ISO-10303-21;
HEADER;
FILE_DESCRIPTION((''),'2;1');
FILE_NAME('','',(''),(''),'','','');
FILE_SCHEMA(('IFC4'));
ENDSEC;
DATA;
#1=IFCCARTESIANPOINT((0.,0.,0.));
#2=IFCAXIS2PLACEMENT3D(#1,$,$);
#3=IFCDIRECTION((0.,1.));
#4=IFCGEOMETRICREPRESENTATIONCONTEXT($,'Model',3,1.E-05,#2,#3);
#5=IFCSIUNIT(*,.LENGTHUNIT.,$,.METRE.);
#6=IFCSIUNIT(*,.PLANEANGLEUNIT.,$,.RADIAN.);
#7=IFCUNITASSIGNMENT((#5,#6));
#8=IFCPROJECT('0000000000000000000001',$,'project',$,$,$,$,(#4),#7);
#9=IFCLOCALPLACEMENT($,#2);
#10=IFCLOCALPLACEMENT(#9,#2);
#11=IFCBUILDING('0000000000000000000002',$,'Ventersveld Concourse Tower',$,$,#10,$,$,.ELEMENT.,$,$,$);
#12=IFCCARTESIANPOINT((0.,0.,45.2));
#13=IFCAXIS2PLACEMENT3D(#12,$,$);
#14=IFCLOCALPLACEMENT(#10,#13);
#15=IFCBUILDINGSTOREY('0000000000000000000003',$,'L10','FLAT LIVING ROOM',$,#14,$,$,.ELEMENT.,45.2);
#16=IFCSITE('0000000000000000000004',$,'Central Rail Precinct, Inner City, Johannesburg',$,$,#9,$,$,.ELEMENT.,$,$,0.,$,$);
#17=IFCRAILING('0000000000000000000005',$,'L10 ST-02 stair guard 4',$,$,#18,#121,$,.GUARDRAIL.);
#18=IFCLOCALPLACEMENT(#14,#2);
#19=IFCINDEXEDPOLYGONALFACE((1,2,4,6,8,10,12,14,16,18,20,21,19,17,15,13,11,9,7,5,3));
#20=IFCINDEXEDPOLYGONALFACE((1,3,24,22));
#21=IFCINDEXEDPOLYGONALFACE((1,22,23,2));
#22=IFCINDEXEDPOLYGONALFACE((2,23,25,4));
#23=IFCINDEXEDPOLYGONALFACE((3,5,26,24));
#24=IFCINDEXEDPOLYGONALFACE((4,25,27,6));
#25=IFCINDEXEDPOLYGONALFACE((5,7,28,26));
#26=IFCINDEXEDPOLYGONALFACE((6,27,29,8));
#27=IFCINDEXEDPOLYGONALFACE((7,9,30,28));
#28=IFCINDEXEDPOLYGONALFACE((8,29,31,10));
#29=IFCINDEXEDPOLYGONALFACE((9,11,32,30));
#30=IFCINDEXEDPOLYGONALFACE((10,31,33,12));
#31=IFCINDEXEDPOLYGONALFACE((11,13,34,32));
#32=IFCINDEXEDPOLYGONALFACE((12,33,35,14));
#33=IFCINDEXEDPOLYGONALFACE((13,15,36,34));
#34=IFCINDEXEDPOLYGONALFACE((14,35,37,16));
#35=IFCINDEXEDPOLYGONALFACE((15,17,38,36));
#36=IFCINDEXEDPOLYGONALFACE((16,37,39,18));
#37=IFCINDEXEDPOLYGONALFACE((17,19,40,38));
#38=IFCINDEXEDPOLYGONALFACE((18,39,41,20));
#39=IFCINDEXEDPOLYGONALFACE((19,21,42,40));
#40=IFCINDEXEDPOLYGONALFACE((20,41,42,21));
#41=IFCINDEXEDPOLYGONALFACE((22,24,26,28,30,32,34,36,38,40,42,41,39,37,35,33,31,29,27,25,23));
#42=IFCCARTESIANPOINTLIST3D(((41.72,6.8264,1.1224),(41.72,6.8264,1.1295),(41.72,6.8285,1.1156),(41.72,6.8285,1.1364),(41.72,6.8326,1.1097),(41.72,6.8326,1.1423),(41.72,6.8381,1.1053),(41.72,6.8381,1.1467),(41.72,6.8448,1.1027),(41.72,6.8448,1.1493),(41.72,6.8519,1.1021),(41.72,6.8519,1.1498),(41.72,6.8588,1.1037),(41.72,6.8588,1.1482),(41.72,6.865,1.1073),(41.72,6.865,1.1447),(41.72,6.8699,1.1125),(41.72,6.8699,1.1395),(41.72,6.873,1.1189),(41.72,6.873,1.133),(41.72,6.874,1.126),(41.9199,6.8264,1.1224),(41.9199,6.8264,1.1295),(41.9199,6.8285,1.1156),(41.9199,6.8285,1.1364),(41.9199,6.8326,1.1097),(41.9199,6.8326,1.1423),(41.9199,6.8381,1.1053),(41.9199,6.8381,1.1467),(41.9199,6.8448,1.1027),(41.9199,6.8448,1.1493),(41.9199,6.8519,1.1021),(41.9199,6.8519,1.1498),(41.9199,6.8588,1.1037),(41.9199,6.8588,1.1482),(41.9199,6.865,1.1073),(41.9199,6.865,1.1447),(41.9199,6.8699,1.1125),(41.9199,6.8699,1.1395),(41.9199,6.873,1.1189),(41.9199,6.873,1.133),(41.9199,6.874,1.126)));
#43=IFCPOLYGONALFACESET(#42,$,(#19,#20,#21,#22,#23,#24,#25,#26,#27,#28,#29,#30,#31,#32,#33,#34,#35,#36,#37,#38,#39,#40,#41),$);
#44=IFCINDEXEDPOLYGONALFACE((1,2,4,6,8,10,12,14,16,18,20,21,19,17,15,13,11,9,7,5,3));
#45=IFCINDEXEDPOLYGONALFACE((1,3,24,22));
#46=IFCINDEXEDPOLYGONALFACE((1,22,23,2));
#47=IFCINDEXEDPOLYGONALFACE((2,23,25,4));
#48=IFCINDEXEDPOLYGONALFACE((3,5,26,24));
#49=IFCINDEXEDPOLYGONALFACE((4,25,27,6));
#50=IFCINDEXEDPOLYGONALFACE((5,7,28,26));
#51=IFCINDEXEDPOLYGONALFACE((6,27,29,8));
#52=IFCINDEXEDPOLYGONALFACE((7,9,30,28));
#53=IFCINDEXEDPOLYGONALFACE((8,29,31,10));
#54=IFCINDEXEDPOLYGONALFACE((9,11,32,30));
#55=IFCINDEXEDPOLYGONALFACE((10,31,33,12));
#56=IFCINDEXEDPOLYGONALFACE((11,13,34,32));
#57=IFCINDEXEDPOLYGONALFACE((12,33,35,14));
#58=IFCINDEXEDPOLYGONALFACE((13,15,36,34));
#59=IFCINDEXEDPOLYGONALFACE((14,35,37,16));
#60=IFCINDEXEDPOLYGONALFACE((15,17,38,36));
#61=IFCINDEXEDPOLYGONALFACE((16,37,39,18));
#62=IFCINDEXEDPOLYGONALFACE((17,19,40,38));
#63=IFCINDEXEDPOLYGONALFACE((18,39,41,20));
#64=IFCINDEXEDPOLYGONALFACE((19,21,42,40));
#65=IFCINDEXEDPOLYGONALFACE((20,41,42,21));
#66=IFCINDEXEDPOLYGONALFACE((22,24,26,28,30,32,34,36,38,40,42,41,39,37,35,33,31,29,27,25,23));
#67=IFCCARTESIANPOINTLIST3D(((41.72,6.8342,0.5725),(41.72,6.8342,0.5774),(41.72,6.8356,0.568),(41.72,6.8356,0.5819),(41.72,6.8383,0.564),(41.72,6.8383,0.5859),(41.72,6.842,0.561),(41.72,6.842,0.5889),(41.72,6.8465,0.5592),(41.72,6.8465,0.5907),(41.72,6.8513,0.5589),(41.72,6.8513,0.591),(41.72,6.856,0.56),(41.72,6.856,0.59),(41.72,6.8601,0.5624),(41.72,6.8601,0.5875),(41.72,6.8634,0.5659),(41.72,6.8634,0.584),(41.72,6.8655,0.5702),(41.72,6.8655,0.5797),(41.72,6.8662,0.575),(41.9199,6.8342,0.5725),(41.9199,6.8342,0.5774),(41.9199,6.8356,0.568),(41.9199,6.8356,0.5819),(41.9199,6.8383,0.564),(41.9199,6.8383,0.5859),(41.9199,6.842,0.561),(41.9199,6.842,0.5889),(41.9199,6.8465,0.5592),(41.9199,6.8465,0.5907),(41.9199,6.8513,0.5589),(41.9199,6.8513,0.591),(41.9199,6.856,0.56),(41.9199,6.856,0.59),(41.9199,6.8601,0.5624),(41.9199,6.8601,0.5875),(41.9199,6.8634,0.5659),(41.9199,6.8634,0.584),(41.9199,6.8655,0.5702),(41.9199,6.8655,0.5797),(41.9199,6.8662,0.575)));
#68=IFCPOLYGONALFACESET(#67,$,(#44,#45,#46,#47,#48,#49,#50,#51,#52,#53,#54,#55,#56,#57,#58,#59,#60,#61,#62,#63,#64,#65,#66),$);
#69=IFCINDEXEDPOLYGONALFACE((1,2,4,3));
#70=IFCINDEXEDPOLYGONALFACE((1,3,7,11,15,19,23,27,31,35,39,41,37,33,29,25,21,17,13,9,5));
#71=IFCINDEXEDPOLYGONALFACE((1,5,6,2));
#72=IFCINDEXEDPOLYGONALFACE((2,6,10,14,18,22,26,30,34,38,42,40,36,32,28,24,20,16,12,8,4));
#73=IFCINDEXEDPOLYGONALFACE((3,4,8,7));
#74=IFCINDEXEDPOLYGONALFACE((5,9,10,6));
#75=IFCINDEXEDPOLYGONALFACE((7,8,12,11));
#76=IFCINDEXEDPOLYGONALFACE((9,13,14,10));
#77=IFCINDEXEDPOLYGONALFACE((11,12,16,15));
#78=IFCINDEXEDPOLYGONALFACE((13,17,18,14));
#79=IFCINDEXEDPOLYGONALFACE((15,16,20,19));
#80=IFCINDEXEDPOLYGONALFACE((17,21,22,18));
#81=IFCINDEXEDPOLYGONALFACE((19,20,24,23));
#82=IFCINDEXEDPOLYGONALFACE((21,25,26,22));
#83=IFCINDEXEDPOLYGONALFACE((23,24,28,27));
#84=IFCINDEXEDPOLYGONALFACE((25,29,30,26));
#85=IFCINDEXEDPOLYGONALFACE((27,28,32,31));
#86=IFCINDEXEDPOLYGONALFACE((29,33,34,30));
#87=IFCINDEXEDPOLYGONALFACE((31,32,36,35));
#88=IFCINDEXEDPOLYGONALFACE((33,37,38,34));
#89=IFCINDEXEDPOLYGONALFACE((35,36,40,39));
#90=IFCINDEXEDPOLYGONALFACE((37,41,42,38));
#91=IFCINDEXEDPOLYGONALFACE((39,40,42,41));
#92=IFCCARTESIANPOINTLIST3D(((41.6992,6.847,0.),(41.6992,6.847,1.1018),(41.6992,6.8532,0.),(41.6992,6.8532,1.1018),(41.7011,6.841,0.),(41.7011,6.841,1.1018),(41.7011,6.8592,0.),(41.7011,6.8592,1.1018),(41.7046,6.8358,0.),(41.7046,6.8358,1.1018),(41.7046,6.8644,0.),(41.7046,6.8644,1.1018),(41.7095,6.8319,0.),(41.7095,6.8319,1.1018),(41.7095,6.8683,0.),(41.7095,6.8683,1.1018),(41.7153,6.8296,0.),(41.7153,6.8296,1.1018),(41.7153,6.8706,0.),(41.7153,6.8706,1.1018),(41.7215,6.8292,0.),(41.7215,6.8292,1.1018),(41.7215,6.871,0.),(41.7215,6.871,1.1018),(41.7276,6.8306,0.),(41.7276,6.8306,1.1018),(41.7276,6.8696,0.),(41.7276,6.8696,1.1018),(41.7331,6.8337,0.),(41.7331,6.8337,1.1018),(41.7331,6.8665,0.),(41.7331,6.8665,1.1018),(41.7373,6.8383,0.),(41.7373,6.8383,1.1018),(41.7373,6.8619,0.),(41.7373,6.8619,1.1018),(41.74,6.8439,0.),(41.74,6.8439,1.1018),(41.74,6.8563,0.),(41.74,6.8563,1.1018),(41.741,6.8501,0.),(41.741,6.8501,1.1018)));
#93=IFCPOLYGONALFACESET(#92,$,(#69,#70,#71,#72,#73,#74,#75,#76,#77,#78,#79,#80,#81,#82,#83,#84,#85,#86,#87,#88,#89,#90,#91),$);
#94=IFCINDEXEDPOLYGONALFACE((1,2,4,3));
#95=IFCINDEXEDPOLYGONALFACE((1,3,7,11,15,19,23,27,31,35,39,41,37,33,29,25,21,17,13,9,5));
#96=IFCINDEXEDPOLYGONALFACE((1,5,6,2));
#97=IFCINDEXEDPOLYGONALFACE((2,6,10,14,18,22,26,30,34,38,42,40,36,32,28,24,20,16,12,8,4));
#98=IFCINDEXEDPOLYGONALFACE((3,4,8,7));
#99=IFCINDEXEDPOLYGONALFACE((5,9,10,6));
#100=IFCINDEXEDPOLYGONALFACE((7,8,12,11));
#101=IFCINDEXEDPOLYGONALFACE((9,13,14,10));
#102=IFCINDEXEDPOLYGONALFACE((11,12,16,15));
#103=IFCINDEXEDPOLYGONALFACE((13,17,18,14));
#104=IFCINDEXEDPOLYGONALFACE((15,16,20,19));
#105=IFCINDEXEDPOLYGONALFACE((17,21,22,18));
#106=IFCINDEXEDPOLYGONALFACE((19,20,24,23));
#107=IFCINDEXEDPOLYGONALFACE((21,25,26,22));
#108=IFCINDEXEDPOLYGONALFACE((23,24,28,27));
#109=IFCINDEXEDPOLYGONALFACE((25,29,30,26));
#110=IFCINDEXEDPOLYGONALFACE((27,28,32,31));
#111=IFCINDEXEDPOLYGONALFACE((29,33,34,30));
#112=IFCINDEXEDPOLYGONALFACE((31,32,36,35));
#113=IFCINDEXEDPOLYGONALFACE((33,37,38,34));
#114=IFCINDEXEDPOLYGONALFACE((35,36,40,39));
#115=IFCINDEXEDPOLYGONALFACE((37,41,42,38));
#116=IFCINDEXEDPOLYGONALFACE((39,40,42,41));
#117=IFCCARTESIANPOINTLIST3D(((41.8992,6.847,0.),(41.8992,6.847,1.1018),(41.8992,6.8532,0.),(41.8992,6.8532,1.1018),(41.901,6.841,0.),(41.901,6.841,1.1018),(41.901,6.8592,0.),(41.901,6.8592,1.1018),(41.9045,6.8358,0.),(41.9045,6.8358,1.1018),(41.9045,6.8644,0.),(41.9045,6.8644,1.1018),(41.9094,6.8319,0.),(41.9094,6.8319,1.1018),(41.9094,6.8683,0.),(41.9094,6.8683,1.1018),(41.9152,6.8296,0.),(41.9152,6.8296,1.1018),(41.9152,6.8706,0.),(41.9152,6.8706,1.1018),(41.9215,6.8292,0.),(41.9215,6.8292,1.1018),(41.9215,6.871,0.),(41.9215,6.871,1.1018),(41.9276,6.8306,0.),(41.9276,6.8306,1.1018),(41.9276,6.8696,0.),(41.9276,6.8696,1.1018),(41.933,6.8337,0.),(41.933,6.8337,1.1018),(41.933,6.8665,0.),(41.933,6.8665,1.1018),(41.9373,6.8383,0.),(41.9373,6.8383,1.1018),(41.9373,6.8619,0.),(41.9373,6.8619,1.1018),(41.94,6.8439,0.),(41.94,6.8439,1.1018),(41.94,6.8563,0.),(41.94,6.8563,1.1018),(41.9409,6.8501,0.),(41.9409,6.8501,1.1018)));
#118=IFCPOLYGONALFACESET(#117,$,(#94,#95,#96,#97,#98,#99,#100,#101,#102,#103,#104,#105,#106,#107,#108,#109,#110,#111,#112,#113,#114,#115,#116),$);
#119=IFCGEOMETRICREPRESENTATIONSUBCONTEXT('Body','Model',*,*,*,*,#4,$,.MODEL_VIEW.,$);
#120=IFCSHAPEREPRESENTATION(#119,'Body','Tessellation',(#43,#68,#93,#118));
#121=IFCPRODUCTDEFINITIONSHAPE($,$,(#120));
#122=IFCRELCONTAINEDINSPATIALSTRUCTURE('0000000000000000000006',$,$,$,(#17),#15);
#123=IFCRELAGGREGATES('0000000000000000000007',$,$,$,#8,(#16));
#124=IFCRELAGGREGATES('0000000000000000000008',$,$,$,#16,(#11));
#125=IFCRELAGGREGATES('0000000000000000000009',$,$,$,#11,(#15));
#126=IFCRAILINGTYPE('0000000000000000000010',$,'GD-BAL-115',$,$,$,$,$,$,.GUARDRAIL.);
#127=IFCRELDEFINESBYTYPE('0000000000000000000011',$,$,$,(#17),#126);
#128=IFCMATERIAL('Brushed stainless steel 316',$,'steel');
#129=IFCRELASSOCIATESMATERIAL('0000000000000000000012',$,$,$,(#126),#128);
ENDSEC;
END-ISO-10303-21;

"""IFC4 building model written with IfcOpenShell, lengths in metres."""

from ifc_helpers import new_model, si_unit, direction, frame, origin, origin_2d, place, context, subcontext, project, spatial, circle, extrude, material, type_object, element, save


model = new_model("IFC4")

# Units and contexts
model_context = context("Model", 3, precision=1e-05, world=origin(), true_north=direction((0.0, 1.0)))
body_context = subcontext(model_context, "Body", "Model", "MODEL_VIEW")
ifc_project = project(units=[si_unit("LENGTHUNIT", "METRE"), si_unit("PLANEANGLEUNIT", "RADIAN")], contexts=[model_context])

# Site, building, storey
site_placement = place(None, origin())
site = spatial("IfcSite", under=ifc_project, at=site_placement, Name="Central Rail Precinct, Inner City, Johannesburg", CompositionType="ELEMENT", RefElevation=0.0)
building_placement = place(site_placement, origin())
building = spatial("IfcBuilding", under=site, at=building_placement, Name="Ventersveld Concourse Tower", CompositionType="ELEMENT")
storey_placement = place(building_placement, frame((0.0, 0.0, 45.2)))
storey = spatial("IfcBuildingStorey", under=building, at=storey_placement, Name="L10", Description="FLAT LIVING ROOM", CompositionType="ELEMENT", Elevation=45.2)

# Shared definitions
ifc_material_1 = material(Name="Brushed stainless steel 316", Category="steel")

# Railing
railing_type_1 = type_object("IfcRailingType", Name="GD-BAL-115", PredefinedType="GUARDRAIL", material=ifc_material_1)
railing_1_placement = place(storey_placement, frame((41.72, 6.8501, 0.0)))
element("IfcRailing", 1, at=railing_1_placement, inside=storey, type_object=railing_type_1, Name="L10 ST-02 stair guard 4", PredefinedType="GUARDRAIL", context=body_context, shape_type="SweptSolid", body=[
    extrude(circle(Radius=0.0239, at=origin_2d()), frame((0.0, 0.0, 1.126), z_axis=(1.0, 0.0, 0.0), x_axis=(0.0, 1.0, 0.0)), (0.0, 0.0, 1.0), 0.2),
    extrude(circle(Radius=0.0161, at=origin_2d()), frame((0.0, 0.0, 0.575), z_axis=(1.0, 0.0, 0.0), x_axis=(0.0, 1.0, 0.0)), (0.0, 0.0, 1.0), 0.2),
    extrude(circle(Radius=0.021, at=origin_2d()), origin(), (0.0, 0.0, 1.0), 1.1018),
    extrude(circle(Radius=0.021, at=origin_2d()), frame((0.2, 0.0, 0.0)), (0.0, 0.0, 1.0), 1.1018),
])

save(model, "model.ifc")
